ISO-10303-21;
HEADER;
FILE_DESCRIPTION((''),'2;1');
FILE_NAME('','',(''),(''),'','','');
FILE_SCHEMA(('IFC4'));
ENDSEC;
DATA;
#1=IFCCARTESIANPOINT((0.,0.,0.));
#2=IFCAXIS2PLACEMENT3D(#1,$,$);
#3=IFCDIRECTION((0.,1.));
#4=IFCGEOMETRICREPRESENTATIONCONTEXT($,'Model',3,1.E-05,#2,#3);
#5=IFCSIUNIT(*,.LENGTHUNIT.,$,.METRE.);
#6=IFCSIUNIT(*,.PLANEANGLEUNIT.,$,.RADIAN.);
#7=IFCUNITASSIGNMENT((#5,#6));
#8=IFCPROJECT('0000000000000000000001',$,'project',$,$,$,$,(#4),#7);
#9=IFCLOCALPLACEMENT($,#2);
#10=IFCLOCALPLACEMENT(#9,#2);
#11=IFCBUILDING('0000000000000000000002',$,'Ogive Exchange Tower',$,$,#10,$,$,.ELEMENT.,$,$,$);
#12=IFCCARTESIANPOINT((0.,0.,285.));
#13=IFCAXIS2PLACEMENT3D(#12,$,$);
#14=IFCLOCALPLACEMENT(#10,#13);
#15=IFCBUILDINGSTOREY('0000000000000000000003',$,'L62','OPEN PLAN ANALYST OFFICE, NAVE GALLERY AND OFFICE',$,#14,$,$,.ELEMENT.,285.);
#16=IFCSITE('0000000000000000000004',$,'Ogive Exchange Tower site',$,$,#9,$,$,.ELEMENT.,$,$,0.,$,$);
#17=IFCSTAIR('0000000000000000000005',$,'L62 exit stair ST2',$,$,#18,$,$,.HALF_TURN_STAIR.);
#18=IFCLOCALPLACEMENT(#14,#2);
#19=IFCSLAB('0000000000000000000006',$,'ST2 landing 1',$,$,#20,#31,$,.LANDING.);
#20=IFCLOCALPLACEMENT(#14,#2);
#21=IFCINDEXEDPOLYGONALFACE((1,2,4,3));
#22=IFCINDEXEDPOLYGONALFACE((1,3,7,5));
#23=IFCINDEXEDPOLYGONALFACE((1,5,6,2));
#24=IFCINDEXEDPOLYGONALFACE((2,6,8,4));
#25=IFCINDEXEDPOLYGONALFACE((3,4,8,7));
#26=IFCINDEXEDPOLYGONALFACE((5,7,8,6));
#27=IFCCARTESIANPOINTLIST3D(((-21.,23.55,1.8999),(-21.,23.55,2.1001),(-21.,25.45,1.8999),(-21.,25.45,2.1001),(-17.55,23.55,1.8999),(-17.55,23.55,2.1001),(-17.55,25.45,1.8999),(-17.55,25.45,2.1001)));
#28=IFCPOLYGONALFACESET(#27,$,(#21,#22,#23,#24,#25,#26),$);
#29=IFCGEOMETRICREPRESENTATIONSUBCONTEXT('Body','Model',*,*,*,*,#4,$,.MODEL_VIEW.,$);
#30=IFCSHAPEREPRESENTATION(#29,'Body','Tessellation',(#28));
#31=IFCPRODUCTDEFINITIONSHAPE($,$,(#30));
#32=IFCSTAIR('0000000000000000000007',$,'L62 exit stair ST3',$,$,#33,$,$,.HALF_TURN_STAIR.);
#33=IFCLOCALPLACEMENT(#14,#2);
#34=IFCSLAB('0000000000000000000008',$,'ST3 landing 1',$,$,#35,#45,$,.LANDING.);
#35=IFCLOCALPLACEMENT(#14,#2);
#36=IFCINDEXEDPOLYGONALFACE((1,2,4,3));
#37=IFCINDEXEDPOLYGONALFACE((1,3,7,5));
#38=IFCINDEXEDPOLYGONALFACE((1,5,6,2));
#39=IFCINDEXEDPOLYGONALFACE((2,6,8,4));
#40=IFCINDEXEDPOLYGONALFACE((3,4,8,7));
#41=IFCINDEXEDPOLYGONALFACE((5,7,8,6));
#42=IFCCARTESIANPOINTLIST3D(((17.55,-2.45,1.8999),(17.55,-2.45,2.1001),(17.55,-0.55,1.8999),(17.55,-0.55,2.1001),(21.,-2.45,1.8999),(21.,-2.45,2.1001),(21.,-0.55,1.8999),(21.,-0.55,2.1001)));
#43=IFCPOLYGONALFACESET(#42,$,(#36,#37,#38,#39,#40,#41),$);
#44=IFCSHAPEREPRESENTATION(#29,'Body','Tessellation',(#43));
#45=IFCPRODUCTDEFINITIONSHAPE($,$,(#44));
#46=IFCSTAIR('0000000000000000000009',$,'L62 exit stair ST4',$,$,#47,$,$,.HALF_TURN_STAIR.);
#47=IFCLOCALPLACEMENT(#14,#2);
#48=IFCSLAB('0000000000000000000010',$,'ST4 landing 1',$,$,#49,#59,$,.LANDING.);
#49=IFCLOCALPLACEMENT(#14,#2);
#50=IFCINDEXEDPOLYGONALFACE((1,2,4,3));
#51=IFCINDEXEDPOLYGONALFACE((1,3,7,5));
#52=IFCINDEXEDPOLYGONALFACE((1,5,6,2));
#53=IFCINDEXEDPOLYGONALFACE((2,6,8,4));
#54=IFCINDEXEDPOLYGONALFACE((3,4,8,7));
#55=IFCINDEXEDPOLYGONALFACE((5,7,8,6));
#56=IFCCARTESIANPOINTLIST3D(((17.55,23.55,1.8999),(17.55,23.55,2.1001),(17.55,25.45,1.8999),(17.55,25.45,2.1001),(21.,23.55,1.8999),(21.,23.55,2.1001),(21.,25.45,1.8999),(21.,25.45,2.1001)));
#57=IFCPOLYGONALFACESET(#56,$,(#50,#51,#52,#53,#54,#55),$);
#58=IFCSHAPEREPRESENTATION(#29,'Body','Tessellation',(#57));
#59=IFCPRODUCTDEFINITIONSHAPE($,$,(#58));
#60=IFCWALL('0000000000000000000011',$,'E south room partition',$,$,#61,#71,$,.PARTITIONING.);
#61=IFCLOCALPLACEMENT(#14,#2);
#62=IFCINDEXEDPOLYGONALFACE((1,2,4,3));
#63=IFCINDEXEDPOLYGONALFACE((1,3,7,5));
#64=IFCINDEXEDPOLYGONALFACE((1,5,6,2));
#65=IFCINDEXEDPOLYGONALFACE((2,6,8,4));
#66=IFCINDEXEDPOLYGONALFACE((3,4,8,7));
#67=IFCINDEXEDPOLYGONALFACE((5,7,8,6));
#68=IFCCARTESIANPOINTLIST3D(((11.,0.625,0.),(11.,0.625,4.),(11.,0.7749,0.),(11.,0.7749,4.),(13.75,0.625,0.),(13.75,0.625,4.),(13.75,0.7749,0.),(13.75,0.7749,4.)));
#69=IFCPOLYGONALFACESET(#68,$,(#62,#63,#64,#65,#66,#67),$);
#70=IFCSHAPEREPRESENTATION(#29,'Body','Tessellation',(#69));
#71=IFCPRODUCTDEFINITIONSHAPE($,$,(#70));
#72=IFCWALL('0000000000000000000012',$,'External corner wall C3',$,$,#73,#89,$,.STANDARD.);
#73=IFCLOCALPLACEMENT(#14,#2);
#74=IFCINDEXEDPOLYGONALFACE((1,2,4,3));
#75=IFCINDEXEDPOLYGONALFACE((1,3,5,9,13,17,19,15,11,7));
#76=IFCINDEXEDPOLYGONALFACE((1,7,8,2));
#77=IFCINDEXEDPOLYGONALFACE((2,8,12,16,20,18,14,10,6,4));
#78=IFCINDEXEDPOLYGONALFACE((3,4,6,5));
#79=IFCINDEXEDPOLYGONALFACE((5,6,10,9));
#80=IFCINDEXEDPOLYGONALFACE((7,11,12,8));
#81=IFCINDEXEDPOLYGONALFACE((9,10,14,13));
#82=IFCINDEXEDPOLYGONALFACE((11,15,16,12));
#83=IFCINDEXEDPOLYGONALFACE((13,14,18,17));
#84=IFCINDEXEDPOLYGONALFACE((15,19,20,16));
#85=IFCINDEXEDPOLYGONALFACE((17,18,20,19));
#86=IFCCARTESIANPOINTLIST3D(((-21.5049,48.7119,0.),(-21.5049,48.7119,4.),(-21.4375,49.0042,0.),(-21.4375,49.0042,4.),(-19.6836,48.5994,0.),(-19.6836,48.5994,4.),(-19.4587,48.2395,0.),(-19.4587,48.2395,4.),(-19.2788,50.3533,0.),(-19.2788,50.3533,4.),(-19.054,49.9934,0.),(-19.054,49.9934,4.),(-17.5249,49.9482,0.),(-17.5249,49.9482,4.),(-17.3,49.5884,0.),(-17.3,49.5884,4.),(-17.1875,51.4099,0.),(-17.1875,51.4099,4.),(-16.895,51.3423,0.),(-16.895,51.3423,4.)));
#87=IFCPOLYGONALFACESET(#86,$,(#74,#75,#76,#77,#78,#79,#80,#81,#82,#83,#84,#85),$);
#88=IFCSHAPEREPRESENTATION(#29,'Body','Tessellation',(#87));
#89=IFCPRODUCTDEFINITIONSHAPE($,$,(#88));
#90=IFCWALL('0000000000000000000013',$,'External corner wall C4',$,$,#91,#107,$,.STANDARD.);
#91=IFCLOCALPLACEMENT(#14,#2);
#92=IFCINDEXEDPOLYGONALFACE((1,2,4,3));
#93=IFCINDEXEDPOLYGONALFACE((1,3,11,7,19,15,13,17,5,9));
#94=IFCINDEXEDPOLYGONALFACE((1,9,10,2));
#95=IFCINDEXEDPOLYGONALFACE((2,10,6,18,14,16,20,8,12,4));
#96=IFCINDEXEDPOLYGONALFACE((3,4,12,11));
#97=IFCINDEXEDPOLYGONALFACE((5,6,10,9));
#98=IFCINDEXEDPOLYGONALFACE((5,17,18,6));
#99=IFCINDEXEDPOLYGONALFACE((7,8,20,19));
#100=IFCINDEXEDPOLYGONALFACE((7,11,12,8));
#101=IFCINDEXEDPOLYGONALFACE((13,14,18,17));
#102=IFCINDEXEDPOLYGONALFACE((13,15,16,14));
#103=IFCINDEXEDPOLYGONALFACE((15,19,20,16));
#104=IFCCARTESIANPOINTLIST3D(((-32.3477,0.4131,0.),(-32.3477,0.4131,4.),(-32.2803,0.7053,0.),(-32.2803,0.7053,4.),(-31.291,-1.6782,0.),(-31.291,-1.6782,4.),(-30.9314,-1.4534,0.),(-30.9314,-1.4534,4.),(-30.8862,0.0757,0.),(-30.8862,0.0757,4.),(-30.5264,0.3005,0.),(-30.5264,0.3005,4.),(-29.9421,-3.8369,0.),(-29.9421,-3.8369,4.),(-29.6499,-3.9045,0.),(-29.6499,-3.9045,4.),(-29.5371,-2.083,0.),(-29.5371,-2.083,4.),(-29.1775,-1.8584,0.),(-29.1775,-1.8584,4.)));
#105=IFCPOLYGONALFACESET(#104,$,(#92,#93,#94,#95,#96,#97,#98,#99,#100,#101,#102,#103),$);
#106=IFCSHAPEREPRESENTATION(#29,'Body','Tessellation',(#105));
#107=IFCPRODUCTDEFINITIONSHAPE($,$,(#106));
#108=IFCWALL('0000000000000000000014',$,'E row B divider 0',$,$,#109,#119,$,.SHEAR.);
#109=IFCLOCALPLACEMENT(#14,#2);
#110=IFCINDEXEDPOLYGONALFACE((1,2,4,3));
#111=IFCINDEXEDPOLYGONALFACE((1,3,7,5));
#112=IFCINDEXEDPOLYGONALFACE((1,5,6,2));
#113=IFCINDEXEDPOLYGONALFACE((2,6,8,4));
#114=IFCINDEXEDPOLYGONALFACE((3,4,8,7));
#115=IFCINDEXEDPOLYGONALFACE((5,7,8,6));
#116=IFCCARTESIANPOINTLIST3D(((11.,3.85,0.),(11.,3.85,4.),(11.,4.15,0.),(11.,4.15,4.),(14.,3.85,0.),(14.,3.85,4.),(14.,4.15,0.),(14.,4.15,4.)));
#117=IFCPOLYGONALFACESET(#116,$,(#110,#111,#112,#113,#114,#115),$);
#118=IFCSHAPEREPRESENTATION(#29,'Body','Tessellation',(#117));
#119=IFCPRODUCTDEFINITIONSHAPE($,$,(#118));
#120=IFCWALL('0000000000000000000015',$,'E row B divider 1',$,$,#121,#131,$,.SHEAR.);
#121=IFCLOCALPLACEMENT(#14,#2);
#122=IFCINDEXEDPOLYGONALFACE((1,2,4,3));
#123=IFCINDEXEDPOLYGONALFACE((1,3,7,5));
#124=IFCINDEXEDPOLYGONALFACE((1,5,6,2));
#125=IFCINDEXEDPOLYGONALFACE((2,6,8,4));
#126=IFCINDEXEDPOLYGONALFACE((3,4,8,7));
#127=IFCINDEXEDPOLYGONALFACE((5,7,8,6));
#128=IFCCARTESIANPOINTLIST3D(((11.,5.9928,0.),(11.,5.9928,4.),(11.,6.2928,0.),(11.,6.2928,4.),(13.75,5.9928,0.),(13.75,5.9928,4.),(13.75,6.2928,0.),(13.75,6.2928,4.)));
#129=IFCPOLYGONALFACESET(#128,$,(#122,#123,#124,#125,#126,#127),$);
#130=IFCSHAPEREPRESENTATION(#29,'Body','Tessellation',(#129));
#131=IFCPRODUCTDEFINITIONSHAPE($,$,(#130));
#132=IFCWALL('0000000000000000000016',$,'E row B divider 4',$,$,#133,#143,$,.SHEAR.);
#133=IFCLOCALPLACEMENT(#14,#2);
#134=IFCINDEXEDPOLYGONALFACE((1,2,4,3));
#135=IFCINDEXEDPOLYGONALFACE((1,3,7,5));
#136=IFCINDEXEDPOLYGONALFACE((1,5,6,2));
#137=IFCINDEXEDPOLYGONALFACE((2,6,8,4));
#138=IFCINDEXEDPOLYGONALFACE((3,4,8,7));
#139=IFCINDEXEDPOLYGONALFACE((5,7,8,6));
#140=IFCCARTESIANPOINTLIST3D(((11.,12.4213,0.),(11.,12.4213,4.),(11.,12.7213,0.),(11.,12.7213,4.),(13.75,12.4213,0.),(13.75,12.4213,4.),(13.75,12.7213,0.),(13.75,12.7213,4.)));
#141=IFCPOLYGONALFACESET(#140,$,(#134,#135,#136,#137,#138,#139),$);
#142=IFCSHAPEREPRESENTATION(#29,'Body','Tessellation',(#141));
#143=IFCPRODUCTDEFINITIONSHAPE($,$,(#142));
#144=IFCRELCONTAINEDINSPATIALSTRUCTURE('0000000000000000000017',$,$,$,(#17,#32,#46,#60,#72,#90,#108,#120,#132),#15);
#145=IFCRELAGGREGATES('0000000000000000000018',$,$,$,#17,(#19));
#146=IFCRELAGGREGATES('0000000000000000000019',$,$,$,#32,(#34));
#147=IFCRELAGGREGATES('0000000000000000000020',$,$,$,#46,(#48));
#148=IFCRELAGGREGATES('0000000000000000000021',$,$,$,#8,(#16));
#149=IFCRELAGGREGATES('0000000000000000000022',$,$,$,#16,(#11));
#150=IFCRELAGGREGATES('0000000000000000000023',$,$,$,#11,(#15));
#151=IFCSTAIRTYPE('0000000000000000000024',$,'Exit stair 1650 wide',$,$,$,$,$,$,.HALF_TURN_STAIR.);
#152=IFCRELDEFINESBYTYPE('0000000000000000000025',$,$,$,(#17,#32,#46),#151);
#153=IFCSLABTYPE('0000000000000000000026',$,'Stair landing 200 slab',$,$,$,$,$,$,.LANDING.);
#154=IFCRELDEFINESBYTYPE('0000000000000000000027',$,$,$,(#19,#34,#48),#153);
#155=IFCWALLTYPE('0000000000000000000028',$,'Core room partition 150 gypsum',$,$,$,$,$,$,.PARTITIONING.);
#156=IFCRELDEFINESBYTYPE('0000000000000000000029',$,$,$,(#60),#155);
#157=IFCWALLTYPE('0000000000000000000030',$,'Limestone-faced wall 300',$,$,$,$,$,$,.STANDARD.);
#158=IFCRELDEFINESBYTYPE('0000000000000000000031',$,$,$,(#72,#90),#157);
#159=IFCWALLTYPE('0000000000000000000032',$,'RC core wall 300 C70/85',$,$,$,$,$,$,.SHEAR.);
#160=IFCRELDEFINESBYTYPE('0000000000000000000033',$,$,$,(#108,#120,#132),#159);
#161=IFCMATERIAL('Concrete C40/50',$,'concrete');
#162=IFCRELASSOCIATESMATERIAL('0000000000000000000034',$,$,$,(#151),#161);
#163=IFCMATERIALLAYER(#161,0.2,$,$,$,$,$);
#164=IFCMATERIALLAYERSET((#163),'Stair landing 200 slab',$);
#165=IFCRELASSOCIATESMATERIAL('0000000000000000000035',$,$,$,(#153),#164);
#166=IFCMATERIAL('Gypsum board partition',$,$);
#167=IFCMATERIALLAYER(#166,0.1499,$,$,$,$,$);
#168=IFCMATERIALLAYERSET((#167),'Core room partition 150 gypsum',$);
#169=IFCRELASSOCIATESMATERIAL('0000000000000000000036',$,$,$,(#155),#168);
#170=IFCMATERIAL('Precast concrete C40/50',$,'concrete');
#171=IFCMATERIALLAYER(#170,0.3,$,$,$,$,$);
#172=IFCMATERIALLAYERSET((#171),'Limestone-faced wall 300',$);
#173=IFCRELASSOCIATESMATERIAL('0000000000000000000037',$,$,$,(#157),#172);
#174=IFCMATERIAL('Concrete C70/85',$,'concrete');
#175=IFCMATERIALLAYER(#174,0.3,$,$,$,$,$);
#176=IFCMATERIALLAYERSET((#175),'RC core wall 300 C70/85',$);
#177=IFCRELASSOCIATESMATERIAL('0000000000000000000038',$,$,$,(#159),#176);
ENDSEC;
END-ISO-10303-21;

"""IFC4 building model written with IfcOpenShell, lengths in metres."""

from ifc_helpers import new_model, si_unit, direction, frame, frame_2d, origin, place, context, subcontext, project, spatial, polyline, rectangle, outline, extrude, material, layer, layer_set, type_object, element, aggregate, save


model = new_model("IFC4")

# Units and contexts
model_context = context("Model", 3, precision=1e-05, world=origin(), true_north=direction((0.0, 1.0)))
body_context = subcontext(model_context, "Body", "Model", "MODEL_VIEW")
ifc_project = project(units=[si_unit("LENGTHUNIT", "METRE"), si_unit("PLANEANGLEUNIT", "RADIAN")], contexts=[model_context])

# Site, building, storey
site_placement = place(None, origin())
site = spatial("IfcSite", under=ifc_project, at=site_placement, Name="Ogive Exchange Tower site", CompositionType="ELEMENT", RefElevation=0.0)
building_placement = place(site_placement, origin())
building = spatial("IfcBuilding", under=site, at=building_placement, Name="Ogive Exchange Tower", CompositionType="ELEMENT")
storey_placement = place(building_placement, frame((0.0, 0.0, 285.0)))
storey = spatial("IfcBuildingStorey", under=building, at=storey_placement, Name="L62", Description="OPEN PLAN ANALYST OFFICE, NAVE GALLERY AND OFFICE", CompositionType="ELEMENT", Elevation=285.0)

# Shared definitions
ifc_material_1 = material(Name="Concrete C70/85", Category="concrete")

# Stairs, slabs
ifc_material_2 = material(Name="Concrete C40/50", Category="concrete")
stair_type = type_object("IfcStairType", Name="Exit stair 1650 wide", PredefinedType="HALF_TURN_STAIR", material=ifc_material_2)
ifc_layer_1 = layer(ifc_material_2, 0.2)
ifc_layer_set_1 = layer_set([ifc_layer_1], Name="Stair landing 200 slab")
slab_type_1 = type_object("IfcSlabType", Name="Stair landing 200 slab", PredefinedType="LANDING", material=ifc_layer_set_1)
stair_1_placement = place(storey_placement, origin())
stair_1 = element("IfcStair", 1, at=stair_1_placement, inside=storey, type_object=stair_type, Name="L62 exit stair ST2", PredefinedType="HALF_TURN_STAIR")
slab_1_placement = place(storey_placement, frame((0.0, 0.0, 1.8999)))
slab_1 = element("IfcSlab", 2, at=slab_1_placement, type_object=slab_type_1, Name="ST2 landing 1", PredefinedType="LANDING", context=body_context, shape_type="SweptSolid", body=[
    extrude(outline(polyline([(-17.55, 23.55), (-17.55, 25.45), (-21.0, 25.45), (-21.0, 23.55), (-17.55, 23.55)])), origin(), (0.0, 0.0, 1.0), 0.2002),
])
aggregate(stair_1, [slab_1])
stair_2_placement = place(storey_placement, origin())
stair_2 = element("IfcStair", 3, at=stair_2_placement, inside=storey, type_object=stair_type, Name="L62 exit stair ST3", PredefinedType="HALF_TURN_STAIR")
slab_2_placement = place(storey_placement, frame((0.0, 0.0, 1.8999)))
slab_2 = element("IfcSlab", 4, at=slab_2_placement, type_object=slab_type_1, Name="ST3 landing 1", PredefinedType="LANDING", context=body_context, shape_type="SweptSolid", body=[
    extrude(outline(polyline([(17.55, -0.55), (17.55, -2.45), (21.0, -2.45), (21.0, -0.55), (17.55, -0.55)])), origin(), (0.0, 0.0, 1.0), 0.2002),
])
aggregate(stair_2, [slab_2])
stair_3_placement = place(storey_placement, origin())
stair_3 = element("IfcStair", 5, at=stair_3_placement, inside=storey, type_object=stair_type, Name="L62 exit stair ST4", PredefinedType="HALF_TURN_STAIR")
slab_3_placement = place(storey_placement, frame((0.0, 0.0, 1.8999)))
slab_3 = element("IfcSlab", 6, at=slab_3_placement, type_object=slab_type_1, Name="ST4 landing 1", PredefinedType="LANDING", context=body_context, shape_type="SweptSolid", body=[
    extrude(outline(polyline([(21.0, 23.55), (21.0, 25.45), (17.55, 25.45), (17.55, 23.55), (21.0, 23.55)])), origin(), (0.0, 0.0, 1.0), 0.2002),
])
aggregate(stair_3, [slab_3])

# Walls
ifc_material_3 = material(Name="Gypsum board partition")
ifc_layer_2 = layer(ifc_material_3, 0.1499)
ifc_layer_set_2 = layer_set([ifc_layer_2], Name="Core room partition 150 gypsum")
wall_type_1 = type_object("IfcWallType", Name="Core room partition 150 gypsum", PredefinedType="PARTITIONING", material=ifc_layer_set_2)
wall_1_placement = place(storey_placement, frame((11.0, 0.7, 0.0), z_axis=(0.0, 0.0, 1.0), x_axis=(1.0, 0.0, 0.0)))
element("IfcWall", 7, at=wall_1_placement, inside=storey, type_object=wall_type_1, Name="E south room partition", PredefinedType="PARTITIONING", context=body_context, shape_type="SweptSolid", body=[
    extrude(rectangle(XDim=2.75, YDim=0.1499, at=frame_2d((1.375, 0.0))), origin(), (0.0, 0.0, 1.0), 4.0),
])
ifc_material_4 = material(Name="Precast concrete C40/50", Category="concrete")
ifc_layer_3 = layer(ifc_material_4, 0.3)
ifc_layer_set_3 = layer_set([ifc_layer_3], Name="Limestone-faced wall 300")
wall_type_2 = type_object("IfcWallType", Name="Limestone-faced wall 300", PredefinedType="STANDARD", material=ifc_layer_set_3)
wall_2_placement = place(storey_placement, origin())
element("IfcWall", 8, at=wall_2_placement, inside=storey, type_object=wall_type_2, Name="External corner wall C3", PredefinedType="STANDARD", context=body_context, shape_type="SweptSolid", body=[
    extrude(outline(polyline([(-21.5049, 48.7119), (-21.4375, 49.0042), (-19.6836, 48.5994), (-19.2788, 50.3533), (-17.5249, 49.9482), (-17.1875, 51.4099), (-16.895, 51.3423), (-17.3, 49.5884), (-19.054, 49.9934), (-19.4587, 48.2395), (-21.5049, 48.7119)])), origin(), (0.0, 0.0, 1.0), 4.0),
])
wall_3_placement = place(storey_placement, origin())
element("IfcWall", 9, at=wall_3_placement, inside=storey, type_object=wall_type_2, Name="External corner wall C4", PredefinedType="STANDARD", context=body_context, shape_type="SweptSolid", body=[
    extrude(outline(polyline([(-31.291, -1.6782), (-30.8862, 0.0757), (-32.3477, 0.4131), (-32.2803, 0.7053), (-30.5264, 0.3005), (-30.9314, -1.4534), (-29.1775, -1.8584), (-29.6499, -3.9045), (-29.9421, -3.8369), (-29.5371, -2.083), (-31.291, -1.6782)])), origin(), (0.0, 0.0, 1.0), 4.0),
])
ifc_layer_4 = layer(ifc_material_1, 0.3)
ifc_layer_set_4 = layer_set([ifc_layer_4], Name="RC core wall 300 C70/85")
wall_type_3 = type_object("IfcWallType", Name="RC core wall 300 C70/85", PredefinedType="SHEAR", material=ifc_layer_set_4)
wall_4_placement = place(storey_placement, frame((11.0, 4.0, 0.0), z_axis=(0.0, 0.0, 1.0), x_axis=(1.0, 0.0, 0.0)))
element("IfcWall", 10, at=wall_4_placement, inside=storey, type_object=wall_type_3, Name="E row B divider 0", PredefinedType="SHEAR", context=body_context, shape_type="SweptSolid", body=[
    extrude(rectangle(XDim=3.0, YDim=0.3, at=frame_2d((1.5, 0.0))), origin(), (0.0, 0.0, 1.0), 4.0),
])
for number, where, z_axis, x_axis, name in (
    (11, (11.0, 6.1428, 0.0), (0.0, 0.0, 1.0), (1.0, 0.0, 0.0), "E row B divider 1"),
    (12, (11.0, 12.5713, 0.0), (0.0, 0.0, 1.0), (1.0, 0.0, 0.0), "E row B divider 4"),
):
    element("IfcWall", number, at=place(storey_placement, frame(where, z_axis=z_axis, x_axis=x_axis)), inside=storey, type_object=wall_type_3, Name=name, PredefinedType="SHEAR", context=body_context, shape_type="SweptSolid", body=[
        extrude(rectangle(XDim=2.75, YDim=0.3, at=frame_2d((1.375, 0.0))), origin(), (0.0, 0.0, 1.0), 4.0),
    ])

save(model, "model.ifc")
